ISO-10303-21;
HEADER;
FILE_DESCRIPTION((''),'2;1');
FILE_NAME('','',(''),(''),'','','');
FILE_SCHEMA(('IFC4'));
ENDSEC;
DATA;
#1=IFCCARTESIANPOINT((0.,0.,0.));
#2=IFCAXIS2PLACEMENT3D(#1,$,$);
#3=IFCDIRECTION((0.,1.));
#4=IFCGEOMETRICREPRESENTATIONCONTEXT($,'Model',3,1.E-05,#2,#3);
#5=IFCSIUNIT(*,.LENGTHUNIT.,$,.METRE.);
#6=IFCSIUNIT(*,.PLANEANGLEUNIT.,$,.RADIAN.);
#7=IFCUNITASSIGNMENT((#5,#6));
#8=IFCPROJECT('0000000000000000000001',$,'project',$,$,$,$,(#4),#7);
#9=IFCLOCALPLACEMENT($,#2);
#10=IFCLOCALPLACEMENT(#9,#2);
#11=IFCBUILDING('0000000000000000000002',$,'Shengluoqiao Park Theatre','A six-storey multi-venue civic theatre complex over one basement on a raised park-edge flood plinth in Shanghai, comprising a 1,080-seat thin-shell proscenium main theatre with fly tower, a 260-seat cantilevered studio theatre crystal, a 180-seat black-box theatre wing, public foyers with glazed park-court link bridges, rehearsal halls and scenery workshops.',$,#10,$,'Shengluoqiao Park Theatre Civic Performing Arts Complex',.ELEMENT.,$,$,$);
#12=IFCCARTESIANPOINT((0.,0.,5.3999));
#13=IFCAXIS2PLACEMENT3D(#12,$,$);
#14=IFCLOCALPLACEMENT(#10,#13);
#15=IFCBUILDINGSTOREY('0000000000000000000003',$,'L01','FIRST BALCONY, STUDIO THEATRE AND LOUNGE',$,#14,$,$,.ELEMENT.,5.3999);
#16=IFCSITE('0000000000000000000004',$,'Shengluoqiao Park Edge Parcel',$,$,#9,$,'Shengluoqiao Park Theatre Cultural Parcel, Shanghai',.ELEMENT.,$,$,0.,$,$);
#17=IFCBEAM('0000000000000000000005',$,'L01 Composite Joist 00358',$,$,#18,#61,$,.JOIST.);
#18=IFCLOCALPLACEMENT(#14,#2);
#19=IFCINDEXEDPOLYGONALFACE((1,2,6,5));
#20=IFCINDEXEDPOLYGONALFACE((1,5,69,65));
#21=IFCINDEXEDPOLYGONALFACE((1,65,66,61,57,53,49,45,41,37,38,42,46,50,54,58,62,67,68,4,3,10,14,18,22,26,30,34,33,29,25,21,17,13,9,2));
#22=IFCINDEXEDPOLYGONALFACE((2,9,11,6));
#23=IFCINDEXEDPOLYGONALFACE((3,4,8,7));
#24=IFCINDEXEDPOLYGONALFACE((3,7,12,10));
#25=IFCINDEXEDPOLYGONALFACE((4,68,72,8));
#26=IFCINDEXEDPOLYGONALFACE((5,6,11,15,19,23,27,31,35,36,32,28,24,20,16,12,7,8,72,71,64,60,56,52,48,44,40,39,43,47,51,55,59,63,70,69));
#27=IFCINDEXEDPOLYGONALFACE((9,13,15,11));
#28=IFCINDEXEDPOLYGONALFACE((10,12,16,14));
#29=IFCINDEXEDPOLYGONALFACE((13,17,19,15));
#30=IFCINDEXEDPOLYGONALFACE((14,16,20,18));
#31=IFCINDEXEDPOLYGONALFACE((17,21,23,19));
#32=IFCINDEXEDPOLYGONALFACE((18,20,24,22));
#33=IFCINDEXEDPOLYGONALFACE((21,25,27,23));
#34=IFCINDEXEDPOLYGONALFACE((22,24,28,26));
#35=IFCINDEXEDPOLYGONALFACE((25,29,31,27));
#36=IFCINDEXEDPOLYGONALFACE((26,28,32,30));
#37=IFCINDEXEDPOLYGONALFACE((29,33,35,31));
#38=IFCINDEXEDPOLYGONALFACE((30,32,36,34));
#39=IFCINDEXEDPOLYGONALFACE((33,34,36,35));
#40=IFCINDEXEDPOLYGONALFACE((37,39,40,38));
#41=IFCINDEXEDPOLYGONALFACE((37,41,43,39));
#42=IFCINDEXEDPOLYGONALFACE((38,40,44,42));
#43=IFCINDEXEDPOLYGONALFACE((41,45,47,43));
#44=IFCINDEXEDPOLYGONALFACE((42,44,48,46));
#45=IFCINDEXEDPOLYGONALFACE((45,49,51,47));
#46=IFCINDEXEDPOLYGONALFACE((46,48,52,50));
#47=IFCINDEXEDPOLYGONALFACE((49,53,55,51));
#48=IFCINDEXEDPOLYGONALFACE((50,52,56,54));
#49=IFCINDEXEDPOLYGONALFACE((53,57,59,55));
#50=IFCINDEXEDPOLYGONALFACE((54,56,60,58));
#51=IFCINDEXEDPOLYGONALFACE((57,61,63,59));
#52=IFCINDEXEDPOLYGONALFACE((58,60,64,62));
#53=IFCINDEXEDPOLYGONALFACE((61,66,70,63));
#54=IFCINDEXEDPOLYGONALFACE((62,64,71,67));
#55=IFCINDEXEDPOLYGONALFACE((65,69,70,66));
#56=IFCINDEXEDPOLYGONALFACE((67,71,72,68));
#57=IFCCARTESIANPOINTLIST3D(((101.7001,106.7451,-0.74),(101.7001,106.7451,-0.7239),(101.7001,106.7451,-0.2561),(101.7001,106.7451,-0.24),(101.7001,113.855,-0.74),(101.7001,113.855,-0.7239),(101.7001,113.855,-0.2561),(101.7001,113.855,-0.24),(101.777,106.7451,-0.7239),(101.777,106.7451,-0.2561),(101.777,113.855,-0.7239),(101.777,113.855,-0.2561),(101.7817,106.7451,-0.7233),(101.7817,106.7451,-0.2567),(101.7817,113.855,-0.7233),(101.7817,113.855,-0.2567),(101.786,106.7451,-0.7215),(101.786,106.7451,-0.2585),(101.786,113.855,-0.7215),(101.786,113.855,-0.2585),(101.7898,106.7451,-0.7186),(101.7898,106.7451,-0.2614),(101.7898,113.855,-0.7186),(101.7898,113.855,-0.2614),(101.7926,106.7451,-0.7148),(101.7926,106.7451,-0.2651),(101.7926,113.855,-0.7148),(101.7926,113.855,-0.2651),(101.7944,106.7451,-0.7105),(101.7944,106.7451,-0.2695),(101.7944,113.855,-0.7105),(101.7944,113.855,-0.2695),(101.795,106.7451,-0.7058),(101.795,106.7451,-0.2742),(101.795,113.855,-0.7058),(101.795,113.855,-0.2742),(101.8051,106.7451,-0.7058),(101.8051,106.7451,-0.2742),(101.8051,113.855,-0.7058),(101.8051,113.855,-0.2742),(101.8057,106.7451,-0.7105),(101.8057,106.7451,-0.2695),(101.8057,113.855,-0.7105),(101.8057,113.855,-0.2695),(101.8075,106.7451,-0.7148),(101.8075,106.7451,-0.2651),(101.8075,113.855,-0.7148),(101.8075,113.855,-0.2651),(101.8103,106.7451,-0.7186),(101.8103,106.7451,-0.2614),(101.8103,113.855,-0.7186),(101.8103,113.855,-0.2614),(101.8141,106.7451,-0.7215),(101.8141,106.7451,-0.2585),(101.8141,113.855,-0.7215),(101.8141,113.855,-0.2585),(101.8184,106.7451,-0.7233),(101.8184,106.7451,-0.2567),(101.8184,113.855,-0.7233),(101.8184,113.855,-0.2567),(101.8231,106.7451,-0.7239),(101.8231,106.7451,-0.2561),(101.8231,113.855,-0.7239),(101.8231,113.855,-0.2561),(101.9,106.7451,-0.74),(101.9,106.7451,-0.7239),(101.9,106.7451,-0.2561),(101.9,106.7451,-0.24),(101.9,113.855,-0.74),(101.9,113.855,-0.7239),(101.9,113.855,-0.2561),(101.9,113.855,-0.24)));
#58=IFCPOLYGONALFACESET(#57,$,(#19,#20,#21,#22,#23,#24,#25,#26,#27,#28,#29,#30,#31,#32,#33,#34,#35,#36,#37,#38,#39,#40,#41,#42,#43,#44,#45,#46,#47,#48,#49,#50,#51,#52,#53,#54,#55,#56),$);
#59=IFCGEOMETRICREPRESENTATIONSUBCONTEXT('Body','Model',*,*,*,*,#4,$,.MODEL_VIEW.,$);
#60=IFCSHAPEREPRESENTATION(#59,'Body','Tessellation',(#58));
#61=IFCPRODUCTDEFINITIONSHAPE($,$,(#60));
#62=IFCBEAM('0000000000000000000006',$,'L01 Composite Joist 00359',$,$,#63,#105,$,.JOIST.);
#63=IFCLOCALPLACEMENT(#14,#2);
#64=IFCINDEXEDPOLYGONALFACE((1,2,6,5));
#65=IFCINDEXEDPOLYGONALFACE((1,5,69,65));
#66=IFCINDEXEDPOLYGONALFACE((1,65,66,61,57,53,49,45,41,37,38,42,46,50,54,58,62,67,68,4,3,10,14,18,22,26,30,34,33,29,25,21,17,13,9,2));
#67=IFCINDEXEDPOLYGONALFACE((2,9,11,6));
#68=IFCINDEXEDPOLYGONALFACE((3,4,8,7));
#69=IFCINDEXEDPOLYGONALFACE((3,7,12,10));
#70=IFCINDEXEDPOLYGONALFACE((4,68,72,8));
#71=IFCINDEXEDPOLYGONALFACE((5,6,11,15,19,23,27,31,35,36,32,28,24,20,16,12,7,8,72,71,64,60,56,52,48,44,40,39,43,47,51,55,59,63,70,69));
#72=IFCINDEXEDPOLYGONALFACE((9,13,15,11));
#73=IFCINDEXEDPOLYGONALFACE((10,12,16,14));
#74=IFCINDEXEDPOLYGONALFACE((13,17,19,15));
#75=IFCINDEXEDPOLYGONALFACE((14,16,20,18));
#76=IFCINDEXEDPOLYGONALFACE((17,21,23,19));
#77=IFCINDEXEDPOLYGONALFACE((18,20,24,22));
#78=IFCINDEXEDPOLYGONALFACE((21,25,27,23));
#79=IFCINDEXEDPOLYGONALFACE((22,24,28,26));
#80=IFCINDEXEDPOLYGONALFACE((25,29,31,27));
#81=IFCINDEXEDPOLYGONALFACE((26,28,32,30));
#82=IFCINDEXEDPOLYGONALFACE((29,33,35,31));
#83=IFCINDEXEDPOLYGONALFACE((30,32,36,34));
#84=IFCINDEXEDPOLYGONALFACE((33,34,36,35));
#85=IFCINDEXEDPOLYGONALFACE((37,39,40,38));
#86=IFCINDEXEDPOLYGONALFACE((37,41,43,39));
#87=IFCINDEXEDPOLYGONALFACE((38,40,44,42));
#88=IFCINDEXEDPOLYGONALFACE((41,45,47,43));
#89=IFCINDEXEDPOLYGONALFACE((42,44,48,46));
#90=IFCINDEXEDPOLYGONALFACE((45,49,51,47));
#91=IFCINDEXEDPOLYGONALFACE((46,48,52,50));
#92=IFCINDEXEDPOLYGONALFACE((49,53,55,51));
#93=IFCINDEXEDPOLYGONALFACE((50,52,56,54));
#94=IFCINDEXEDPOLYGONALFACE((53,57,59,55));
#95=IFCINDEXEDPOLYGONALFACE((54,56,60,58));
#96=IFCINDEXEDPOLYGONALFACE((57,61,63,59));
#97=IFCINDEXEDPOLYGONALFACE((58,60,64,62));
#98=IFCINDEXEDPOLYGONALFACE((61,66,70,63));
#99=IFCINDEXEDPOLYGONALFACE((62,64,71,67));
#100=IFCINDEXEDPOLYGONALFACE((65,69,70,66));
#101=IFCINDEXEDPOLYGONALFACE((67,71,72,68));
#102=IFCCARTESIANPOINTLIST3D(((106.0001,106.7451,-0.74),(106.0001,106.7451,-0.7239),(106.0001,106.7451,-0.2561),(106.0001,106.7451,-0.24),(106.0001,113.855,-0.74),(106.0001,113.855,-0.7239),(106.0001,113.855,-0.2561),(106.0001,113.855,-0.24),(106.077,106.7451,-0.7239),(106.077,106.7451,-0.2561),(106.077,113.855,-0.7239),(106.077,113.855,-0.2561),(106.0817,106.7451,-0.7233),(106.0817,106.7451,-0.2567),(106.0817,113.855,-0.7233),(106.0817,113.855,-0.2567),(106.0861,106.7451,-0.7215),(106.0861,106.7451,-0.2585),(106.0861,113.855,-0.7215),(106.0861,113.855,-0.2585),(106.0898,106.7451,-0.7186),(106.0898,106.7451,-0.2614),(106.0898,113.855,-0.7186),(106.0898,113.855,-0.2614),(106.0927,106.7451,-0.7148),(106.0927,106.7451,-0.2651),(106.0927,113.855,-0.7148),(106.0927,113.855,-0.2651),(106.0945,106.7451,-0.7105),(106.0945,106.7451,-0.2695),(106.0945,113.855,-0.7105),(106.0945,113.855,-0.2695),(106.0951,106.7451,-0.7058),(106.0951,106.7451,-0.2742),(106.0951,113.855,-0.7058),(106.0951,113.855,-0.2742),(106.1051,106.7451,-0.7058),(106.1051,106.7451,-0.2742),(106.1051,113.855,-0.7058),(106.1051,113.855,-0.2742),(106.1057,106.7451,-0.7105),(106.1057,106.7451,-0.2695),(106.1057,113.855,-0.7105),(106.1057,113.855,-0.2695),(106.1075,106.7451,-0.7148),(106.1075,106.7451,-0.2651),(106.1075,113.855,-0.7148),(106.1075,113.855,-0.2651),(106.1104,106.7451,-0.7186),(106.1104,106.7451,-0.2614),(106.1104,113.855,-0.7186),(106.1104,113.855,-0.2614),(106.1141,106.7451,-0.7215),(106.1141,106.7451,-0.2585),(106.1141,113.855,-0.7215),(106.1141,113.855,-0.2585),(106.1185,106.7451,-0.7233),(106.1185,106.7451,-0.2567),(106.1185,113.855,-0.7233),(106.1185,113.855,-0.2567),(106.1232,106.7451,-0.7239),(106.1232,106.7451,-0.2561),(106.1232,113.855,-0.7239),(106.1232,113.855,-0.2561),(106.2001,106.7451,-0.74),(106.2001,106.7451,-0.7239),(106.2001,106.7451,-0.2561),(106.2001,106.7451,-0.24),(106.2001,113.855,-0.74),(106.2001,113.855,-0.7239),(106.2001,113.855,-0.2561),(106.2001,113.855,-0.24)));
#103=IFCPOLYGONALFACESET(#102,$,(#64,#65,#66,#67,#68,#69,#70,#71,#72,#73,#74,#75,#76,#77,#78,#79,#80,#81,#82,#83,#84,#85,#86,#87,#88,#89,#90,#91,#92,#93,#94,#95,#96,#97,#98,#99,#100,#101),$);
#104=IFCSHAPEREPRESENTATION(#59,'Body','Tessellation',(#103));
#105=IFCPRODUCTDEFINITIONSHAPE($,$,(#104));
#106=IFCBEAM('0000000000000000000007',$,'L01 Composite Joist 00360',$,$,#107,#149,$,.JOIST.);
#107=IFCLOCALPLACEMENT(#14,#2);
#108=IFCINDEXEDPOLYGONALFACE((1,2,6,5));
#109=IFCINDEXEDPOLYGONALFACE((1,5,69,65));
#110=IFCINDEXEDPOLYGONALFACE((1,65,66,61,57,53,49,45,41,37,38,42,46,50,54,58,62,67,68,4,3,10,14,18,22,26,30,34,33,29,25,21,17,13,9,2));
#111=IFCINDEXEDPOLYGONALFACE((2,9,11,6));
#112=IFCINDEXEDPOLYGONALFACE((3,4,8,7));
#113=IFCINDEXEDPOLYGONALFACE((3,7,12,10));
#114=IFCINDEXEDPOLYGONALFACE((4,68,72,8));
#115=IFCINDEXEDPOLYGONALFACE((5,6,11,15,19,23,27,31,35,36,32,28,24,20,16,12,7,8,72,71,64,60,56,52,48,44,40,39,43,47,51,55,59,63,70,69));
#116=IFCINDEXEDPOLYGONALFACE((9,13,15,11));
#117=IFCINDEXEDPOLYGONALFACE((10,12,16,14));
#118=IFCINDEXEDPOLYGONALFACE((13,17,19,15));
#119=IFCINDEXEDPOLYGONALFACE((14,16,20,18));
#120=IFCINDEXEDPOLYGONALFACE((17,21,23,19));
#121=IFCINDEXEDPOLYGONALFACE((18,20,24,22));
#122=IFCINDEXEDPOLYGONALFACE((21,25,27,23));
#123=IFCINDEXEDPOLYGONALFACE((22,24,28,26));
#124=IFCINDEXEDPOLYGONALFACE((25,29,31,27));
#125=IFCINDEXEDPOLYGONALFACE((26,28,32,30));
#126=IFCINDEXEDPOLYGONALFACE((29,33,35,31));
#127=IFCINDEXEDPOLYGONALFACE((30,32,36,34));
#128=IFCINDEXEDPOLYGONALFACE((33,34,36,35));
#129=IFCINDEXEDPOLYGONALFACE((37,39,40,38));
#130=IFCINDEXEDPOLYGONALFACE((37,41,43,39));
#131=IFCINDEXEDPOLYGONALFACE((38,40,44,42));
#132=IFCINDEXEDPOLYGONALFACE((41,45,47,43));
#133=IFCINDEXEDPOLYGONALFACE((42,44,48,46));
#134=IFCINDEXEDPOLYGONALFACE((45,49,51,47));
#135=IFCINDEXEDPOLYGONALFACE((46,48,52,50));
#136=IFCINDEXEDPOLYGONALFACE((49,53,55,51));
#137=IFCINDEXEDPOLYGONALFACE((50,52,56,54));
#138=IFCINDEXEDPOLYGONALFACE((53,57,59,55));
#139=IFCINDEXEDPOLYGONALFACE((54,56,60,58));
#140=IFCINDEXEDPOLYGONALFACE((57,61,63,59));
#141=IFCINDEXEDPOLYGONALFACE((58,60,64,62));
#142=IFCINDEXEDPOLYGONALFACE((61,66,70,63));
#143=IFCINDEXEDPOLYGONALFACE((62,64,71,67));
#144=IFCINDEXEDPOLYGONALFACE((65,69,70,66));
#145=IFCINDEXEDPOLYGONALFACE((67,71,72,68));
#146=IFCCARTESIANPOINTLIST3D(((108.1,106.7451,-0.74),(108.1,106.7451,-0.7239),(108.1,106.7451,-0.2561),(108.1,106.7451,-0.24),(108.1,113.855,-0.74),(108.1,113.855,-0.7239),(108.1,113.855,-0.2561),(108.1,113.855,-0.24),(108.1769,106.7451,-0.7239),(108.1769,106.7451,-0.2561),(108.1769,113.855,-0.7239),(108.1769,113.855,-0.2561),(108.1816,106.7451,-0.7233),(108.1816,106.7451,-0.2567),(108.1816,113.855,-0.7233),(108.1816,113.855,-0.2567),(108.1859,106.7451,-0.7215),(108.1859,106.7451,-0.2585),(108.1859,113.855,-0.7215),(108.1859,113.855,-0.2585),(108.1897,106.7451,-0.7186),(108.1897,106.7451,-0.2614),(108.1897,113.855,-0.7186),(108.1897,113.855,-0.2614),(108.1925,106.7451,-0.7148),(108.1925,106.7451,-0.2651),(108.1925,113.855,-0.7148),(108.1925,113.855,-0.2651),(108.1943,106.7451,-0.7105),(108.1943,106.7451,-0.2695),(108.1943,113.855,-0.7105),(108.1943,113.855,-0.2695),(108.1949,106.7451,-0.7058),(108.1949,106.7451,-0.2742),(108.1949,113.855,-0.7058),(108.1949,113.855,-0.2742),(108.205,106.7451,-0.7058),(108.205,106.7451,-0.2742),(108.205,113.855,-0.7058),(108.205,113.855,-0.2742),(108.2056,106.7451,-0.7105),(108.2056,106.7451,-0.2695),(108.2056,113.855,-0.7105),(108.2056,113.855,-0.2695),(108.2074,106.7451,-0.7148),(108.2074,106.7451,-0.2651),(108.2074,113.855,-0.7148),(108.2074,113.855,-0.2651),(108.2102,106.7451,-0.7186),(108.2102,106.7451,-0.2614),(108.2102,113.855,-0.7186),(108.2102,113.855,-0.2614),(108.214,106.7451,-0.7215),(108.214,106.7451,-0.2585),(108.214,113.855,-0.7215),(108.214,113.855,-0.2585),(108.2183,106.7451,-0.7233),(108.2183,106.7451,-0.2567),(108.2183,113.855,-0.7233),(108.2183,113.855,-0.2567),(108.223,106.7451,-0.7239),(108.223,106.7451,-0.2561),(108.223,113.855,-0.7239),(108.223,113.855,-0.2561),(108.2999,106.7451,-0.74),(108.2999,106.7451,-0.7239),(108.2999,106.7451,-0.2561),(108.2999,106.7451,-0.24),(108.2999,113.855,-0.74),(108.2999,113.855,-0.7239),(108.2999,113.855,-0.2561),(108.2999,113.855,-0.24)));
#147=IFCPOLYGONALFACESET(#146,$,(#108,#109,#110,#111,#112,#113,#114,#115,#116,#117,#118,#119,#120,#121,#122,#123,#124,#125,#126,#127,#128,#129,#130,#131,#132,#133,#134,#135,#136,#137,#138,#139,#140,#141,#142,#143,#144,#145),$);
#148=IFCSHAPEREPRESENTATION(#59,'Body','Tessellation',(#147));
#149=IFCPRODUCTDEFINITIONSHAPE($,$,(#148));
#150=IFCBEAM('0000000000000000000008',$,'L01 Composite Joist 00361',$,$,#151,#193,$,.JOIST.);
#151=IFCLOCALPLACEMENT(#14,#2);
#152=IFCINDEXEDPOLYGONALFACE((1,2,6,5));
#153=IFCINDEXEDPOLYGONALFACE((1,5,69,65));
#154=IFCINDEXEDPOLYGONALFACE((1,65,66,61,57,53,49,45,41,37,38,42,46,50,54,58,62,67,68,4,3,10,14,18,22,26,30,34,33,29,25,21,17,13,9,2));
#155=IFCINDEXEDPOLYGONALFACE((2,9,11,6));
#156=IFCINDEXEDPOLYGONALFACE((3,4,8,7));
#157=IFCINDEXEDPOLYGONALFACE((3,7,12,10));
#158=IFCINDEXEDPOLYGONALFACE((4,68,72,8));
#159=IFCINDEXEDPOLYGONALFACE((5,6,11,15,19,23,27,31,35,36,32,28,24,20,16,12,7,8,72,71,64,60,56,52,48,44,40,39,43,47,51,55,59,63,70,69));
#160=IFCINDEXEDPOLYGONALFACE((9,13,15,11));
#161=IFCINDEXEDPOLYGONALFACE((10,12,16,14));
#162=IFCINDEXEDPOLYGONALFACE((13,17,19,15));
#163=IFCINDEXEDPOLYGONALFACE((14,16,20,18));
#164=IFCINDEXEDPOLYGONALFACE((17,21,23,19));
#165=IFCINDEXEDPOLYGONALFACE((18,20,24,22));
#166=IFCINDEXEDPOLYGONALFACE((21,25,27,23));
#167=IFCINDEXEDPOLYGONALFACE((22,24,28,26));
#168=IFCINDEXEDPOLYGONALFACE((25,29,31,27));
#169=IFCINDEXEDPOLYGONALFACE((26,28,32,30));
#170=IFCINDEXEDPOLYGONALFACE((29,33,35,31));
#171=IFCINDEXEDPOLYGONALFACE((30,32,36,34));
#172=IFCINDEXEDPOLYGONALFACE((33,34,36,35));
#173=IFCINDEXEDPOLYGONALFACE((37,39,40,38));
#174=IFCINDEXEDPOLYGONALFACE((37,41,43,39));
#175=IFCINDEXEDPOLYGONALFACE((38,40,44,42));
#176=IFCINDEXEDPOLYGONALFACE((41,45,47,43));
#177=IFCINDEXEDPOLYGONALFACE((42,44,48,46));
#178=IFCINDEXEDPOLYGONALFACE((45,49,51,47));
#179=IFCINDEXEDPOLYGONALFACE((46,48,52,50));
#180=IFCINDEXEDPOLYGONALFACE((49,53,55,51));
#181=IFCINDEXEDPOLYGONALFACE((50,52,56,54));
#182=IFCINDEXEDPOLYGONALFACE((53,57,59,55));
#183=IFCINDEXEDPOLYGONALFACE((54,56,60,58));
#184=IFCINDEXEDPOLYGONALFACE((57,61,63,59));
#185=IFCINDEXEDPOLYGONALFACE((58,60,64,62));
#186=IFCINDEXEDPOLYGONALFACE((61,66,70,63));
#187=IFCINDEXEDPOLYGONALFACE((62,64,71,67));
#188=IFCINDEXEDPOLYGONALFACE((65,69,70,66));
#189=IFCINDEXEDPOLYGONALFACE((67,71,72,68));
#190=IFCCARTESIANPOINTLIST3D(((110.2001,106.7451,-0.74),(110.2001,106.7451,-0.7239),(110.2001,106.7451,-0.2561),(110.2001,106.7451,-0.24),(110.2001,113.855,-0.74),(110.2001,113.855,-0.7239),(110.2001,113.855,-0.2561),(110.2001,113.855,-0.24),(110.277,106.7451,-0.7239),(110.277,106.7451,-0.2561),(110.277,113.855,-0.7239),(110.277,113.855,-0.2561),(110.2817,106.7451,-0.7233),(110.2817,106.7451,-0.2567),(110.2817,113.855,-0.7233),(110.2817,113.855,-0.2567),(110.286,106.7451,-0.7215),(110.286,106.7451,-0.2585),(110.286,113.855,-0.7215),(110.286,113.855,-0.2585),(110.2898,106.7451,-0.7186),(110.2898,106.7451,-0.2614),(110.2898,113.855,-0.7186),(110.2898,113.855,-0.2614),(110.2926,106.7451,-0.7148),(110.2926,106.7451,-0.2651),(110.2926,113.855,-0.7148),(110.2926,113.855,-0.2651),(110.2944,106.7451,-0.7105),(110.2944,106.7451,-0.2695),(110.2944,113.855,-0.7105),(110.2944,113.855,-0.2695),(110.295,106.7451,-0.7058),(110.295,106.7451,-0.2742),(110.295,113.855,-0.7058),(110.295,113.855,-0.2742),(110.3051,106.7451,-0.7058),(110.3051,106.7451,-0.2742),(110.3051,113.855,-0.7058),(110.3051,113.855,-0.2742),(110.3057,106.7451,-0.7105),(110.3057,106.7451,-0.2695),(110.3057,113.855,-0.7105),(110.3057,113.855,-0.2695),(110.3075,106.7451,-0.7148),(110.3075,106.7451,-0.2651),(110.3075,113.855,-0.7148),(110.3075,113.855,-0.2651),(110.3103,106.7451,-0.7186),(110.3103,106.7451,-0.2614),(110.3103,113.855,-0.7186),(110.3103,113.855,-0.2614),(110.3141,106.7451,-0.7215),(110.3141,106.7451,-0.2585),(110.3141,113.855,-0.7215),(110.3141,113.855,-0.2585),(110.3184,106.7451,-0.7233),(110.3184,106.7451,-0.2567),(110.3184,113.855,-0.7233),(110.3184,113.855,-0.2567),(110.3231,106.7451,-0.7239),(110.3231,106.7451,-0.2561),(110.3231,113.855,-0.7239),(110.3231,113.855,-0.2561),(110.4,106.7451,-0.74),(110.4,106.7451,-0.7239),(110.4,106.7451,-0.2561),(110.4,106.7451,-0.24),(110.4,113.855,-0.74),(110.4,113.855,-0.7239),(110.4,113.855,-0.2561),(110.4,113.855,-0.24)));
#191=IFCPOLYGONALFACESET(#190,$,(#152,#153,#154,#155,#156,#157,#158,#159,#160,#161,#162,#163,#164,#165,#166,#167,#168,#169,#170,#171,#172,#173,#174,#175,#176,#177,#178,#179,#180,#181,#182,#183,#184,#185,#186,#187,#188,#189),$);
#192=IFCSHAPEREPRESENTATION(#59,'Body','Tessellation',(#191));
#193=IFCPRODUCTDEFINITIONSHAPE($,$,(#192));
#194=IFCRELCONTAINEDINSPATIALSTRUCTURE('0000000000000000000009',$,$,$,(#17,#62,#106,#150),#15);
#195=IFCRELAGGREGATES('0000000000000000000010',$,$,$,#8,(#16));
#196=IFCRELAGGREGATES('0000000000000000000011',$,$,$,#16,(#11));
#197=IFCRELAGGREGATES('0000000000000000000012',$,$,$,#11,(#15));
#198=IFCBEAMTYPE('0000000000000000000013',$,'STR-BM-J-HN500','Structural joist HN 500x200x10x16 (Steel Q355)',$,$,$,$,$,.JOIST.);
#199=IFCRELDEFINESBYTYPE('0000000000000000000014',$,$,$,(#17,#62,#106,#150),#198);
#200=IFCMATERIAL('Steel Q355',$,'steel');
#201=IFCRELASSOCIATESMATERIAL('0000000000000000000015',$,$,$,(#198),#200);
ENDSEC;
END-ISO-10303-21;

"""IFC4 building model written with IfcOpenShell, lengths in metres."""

from ifc_helpers import new_model, si_unit, direction, frame, origin, origin_2d, place, context, subcontext, project, spatial, i_section, extrude, material, material_profile, profile_set, type_object, element, save


model = new_model("IFC4")

# Units and contexts
model_context = context("Model", 3, precision=1e-05, world=origin(), true_north=direction((0.0, 1.0)))
body_context = subcontext(model_context, "Body", "Model", "MODEL_VIEW")
ifc_project = project(units=[si_unit("LENGTHUNIT", "METRE"), si_unit("PLANEANGLEUNIT", "RADIAN")], contexts=[model_context])

# Site, building, storey
site_placement = place(None, origin())
site = spatial("IfcSite", under=ifc_project, at=site_placement, Name="Shengluoqiao Park Edge Parcel", LongName="Shengluoqiao Park Theatre Cultural Parcel, Shanghai", CompositionType="ELEMENT", RefElevation=0.0)
building_placement = place(site_placement, origin())
building = spatial("IfcBuilding", under=site, at=building_placement, Name="Shengluoqiao Park Theatre", Description="A six-storey multi-venue civic theatre complex over one basement on a raised park-edge flood plinth in Shanghai, comprising a 1,080-seat thin-shell proscenium main theatre with fly tower, a 260-seat cantilevered studio theatre crystal, a 180-seat black-box theatre wing, public foyers with glazed park-court link bridges, rehearsal halls and scenery workshops.", LongName="Shengluoqiao Park Theatre Civic Performing Arts Complex", CompositionType="ELEMENT")
storey_placement = place(building_placement, frame((0.0, 0.0, 5.3999)))
storey = spatial("IfcBuildingStorey", under=building, at=storey_placement, Name="L01", Description="FIRST BALCONY, STUDIO THEATRE AND LOUNGE", CompositionType="ELEMENT", Elevation=5.3999)

# Beams
ifc_material_1 = material(Name="Steel Q355", Category="steel")
ifc_material_profile_1 = material_profile(ifc_material_1, i_section(OverallWidth=0.2, OverallDepth=0.5, WebThickness=0.01, FlangeThickness=0.0161, FilletRadius=0.0181, at=origin_2d()), Name="HN 500x200x10x16")
ifc_profile_set_1 = profile_set([ifc_material_profile_1], Name="Steel Q355")
beam_type_1 = type_object("IfcBeamType", Name="STR-BM-J-HN500", Description="Structural joist HN 500x200x10x16 (Steel Q355)", PredefinedType="JOIST", material=ifc_profile_set_1)
for number, where, z_axis, x_axis, name in (
    (1, (101.8, 106.7451, -0.49), (0.0, 1.0, 0.0), (-1.0, 0.0, 0.0), "L01 Composite Joist 00358"),
    (2, (106.1001, 106.7451, -0.49), (0.0, 1.0, 0.0), (-1.0, 0.0, 0.0), "L01 Composite Joist 00359"),
    (3, (108.2, 106.7451, -0.49), (0.0, 1.0, 0.0), (-1.0, 0.0, 0.0), "L01 Composite Joist 00360"),
    (4, (110.3, 106.7451, -0.49), (0.0, 1.0, 0.0), (-1.0, 0.0, 0.0), "L01 Composite Joist 00361"),
):
    element("IfcBeam", number, at=place(storey_placement, frame(where, z_axis=z_axis, x_axis=x_axis)), inside=storey, type_object=beam_type_1, Name=name, PredefinedType="JOIST", context=body_context, shape_type="SweptSolid", body=[
        extrude(i_section(OverallWidth=0.2, OverallDepth=0.5, WebThickness=0.01, FlangeThickness=0.0161, FilletRadius=0.0181, at=origin_2d()), origin(), (0.0, 0.0, 1.0), 7.1099),
    ])

save(model, "model.ifc")
